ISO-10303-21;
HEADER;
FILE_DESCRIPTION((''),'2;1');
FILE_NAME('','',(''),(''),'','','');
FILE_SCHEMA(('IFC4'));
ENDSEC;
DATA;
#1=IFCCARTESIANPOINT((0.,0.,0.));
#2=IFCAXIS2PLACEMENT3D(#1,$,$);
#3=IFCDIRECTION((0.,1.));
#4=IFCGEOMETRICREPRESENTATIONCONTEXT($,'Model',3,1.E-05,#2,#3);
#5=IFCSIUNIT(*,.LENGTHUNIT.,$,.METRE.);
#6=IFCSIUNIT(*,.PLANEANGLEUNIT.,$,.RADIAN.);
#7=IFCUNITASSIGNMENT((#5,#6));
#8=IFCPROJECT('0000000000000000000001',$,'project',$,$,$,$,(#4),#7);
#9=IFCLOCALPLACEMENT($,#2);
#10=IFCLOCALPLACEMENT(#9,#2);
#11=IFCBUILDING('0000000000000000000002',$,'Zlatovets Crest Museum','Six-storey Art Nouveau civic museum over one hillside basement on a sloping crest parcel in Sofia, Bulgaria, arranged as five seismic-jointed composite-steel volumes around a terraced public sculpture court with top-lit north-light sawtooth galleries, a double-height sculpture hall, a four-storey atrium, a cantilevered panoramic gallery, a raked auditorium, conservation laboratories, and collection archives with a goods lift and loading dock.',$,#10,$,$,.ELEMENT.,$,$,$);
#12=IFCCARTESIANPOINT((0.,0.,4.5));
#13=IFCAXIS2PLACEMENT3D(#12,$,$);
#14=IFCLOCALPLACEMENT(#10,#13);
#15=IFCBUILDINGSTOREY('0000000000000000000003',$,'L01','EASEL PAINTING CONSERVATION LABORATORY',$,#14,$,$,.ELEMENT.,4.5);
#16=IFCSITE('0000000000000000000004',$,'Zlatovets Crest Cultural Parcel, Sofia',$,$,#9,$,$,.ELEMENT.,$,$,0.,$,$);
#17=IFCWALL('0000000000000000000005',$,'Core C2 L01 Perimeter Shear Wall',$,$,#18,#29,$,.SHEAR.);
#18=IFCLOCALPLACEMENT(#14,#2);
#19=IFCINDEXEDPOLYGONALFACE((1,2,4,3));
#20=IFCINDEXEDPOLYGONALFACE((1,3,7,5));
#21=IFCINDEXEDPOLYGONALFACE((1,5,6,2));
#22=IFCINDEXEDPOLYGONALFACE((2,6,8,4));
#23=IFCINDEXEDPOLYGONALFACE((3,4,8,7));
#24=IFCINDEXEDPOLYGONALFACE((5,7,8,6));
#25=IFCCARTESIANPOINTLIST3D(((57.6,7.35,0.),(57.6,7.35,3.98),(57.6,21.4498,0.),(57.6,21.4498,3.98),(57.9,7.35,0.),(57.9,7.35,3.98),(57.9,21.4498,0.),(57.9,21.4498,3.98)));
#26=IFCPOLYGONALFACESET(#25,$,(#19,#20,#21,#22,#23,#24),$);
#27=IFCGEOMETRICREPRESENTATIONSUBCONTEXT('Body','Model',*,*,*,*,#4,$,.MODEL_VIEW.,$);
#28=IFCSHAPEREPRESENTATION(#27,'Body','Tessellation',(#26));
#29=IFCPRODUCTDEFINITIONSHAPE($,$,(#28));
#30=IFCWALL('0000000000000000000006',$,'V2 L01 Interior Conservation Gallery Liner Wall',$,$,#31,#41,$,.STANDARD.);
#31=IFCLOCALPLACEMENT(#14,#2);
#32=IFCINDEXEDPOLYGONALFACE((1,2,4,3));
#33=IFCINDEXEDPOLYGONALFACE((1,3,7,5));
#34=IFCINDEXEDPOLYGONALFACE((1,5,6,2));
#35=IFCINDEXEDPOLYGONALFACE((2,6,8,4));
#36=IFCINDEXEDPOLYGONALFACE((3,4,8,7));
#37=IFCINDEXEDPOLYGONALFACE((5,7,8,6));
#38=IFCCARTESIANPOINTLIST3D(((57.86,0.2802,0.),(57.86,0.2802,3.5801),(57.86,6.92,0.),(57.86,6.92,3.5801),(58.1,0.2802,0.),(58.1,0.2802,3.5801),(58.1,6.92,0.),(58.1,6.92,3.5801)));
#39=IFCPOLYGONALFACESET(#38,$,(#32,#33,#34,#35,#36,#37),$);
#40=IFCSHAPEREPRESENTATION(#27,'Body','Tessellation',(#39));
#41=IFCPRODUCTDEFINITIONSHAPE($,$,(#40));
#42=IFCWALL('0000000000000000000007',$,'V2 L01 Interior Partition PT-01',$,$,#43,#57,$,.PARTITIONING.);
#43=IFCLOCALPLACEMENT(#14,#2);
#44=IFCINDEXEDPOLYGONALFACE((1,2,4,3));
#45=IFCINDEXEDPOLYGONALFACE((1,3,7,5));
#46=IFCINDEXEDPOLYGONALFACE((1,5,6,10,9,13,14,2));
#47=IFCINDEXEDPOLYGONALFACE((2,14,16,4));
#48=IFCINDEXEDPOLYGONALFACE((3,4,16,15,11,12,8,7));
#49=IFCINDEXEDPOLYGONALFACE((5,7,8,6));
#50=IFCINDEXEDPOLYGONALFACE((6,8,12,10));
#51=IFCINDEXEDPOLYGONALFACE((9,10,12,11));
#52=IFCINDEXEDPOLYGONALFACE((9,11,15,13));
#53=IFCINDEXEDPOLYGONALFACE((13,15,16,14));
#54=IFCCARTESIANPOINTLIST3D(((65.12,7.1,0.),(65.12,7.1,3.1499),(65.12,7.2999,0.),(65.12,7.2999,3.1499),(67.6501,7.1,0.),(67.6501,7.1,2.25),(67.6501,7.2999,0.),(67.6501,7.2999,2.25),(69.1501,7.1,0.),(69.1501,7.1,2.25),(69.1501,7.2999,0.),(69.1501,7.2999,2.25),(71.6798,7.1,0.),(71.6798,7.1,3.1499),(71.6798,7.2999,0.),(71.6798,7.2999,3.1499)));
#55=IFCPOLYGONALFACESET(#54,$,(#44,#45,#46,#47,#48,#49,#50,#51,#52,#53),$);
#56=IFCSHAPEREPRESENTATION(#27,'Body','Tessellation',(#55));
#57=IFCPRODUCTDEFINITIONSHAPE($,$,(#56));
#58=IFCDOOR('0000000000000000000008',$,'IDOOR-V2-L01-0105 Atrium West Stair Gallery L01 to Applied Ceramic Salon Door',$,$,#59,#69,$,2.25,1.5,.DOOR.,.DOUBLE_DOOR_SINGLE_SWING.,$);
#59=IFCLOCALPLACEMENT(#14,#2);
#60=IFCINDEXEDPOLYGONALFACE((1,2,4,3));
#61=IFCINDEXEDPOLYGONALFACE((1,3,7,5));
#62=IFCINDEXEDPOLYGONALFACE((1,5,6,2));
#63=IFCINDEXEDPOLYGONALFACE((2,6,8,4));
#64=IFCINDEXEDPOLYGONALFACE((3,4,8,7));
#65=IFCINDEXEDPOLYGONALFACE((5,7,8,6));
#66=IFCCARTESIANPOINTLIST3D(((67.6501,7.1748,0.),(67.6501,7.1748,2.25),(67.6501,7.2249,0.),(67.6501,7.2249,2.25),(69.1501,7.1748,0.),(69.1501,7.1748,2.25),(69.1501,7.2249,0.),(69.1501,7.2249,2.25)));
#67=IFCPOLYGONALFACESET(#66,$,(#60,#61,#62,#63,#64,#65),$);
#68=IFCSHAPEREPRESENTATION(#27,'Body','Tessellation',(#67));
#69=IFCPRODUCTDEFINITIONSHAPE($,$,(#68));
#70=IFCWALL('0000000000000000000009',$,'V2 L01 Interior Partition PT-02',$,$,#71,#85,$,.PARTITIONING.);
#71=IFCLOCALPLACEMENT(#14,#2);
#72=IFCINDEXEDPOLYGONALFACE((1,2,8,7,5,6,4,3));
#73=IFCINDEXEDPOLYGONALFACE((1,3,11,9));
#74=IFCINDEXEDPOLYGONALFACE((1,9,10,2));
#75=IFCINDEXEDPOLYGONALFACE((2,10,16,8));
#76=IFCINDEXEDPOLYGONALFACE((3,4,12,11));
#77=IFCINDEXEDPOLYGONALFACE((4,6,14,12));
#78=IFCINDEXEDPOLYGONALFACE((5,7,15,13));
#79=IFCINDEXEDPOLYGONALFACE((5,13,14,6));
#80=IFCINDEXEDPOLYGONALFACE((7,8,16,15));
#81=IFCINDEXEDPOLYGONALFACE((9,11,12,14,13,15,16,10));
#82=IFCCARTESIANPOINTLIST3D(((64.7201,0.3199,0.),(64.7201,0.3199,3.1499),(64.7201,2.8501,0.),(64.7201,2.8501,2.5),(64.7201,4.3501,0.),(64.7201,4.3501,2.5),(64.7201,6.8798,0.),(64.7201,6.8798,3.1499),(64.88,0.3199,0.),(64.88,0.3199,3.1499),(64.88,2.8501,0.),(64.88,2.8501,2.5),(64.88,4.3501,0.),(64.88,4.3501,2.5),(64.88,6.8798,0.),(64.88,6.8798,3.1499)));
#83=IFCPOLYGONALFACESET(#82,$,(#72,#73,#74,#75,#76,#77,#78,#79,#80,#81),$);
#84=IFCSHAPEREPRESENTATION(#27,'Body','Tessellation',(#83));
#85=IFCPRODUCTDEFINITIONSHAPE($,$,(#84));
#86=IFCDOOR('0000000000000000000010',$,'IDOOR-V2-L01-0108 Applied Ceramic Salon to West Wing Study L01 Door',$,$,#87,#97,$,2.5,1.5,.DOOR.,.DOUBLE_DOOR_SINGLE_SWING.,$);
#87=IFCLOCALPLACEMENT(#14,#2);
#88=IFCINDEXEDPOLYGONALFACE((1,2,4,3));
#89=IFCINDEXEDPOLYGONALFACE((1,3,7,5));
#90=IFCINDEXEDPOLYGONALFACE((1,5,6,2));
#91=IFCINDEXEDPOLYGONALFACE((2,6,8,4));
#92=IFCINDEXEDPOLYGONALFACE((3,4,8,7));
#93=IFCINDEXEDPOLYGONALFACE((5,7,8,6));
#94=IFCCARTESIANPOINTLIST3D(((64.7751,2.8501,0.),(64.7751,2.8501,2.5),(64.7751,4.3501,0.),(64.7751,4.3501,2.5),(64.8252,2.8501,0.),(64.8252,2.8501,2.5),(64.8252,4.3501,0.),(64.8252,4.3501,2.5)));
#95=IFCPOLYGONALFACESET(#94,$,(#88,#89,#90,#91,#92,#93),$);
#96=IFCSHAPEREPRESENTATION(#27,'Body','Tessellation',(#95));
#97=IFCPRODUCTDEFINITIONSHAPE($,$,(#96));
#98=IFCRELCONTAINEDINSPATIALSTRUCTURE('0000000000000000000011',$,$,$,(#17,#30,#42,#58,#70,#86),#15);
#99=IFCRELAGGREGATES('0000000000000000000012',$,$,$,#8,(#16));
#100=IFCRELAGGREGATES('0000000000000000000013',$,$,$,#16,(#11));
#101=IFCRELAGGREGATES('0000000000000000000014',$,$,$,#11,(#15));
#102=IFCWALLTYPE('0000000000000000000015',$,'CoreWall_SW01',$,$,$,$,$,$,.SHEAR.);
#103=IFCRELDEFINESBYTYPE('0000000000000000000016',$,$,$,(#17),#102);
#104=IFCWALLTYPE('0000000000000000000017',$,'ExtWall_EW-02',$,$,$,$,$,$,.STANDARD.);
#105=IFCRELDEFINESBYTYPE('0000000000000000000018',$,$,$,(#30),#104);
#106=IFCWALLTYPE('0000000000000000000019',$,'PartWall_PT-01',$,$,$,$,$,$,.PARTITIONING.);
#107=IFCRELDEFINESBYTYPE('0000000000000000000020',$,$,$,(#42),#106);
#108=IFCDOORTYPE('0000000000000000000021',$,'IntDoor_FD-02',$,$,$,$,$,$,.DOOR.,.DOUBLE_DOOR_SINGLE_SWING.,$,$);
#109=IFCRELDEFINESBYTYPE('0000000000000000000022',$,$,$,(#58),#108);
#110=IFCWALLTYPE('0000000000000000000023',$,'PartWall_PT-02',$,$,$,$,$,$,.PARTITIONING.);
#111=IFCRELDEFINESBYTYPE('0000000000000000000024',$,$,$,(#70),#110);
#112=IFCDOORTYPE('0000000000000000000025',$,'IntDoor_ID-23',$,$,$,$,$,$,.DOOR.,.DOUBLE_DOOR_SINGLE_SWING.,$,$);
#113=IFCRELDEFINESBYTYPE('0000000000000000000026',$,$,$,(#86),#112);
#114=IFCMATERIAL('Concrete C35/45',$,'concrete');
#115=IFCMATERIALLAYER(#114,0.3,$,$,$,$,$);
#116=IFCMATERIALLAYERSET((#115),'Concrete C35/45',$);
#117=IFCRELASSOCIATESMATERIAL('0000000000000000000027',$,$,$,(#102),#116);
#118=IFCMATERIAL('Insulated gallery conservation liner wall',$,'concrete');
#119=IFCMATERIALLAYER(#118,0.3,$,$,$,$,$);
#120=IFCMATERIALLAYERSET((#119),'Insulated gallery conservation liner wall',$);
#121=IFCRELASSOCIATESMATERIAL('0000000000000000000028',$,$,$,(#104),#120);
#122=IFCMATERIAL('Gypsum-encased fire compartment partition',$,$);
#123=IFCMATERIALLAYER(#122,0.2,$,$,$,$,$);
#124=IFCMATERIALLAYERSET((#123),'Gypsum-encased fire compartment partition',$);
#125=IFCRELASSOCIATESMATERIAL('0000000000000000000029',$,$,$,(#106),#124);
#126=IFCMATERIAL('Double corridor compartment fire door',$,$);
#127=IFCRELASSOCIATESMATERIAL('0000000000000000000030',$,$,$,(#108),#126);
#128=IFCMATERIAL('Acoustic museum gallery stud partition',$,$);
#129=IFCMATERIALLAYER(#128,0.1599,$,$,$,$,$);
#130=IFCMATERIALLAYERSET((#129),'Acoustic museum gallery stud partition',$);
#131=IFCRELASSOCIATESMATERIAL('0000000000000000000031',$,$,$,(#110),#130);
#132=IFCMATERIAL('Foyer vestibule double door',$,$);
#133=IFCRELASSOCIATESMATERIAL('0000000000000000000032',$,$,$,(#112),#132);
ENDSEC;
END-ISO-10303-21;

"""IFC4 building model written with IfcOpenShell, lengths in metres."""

from ifc_helpers import new_model, si_unit, direction, frame, frame_2d, origin, place, context, subcontext, project, spatial, rectangle, extrude, material, layer, layer_set, type_object, element, fill, save


model = new_model("IFC4")

# Units and contexts
model_context = context("Model", 3, precision=1e-05, world=origin(), true_north=direction((0.0, 1.0)))
body_context = subcontext(model_context, "Body", "Model", "MODEL_VIEW")
ifc_project = project(units=[si_unit("LENGTHUNIT", "METRE"), si_unit("PLANEANGLEUNIT", "RADIAN")], contexts=[model_context])

# Site, building, storey
site_placement = place(None, origin())
site = spatial("IfcSite", under=ifc_project, at=site_placement, Name="Zlatovets Crest Cultural Parcel, Sofia", CompositionType="ELEMENT", RefElevation=0.0)
building_placement = place(site_placement, origin())
building = spatial("IfcBuilding", under=site, at=building_placement, Name="Zlatovets Crest Museum", Description="Six-storey Art Nouveau civic museum over one hillside basement on a sloping crest parcel in Sofia, Bulgaria, arranged as five seismic-jointed composite-steel volumes around a terraced public sculpture court with top-lit north-light sawtooth galleries, a double-height sculpture hall, a four-storey atrium, a cantilevered panoramic gallery, a raked auditorium, conservation laboratories, and collection archives with a goods lift and loading dock.", CompositionType="ELEMENT")
storey_placement = place(building_placement, frame((0.0, 0.0, 4.5)))
storey = spatial("IfcBuildingStorey", under=building, at=storey_placement, Name="L01", Description="EASEL PAINTING CONSERVATION LABORATORY", CompositionType="ELEMENT", Elevation=4.5)

# Wall
ifc_material_1 = material(Name="Concrete C35/45", Category="concrete")
ifc_layer_1 = layer(ifc_material_1, 0.3)
ifc_layer_set_1 = layer_set([ifc_layer_1], Name="Concrete C35/45")
wall_type_1 = type_object("IfcWallType", Name="CoreWall_SW01", PredefinedType="SHEAR", material=ifc_layer_set_1)
wall_1_placement = place(storey_placement, frame((57.75, 7.3501, 0.0), z_axis=(0.0, 0.0, 1.0), x_axis=(0.0, 1.0, 0.0)))
element("IfcWall", 1, at=wall_1_placement, inside=storey, type_object=wall_type_1, Name="Core C2 L01 Perimeter Shear Wall", PredefinedType="SHEAR", context=body_context, shape_type="SweptSolid", body=[
    extrude(rectangle(XDim=14.0999, YDim=0.3, at=frame_2d((7.0498, 0.0))), origin(), (0.0, 0.0, 1.0), 3.98),
])

# Wall
ifc_material_2 = material(Name="Insulated gallery conservation liner wall", Category="concrete")
ifc_layer_2 = layer(ifc_material_2, 0.3)
ifc_layer_set_2 = layer_set([ifc_layer_2], Name="Insulated gallery conservation liner wall")
wall_type_2 = type_object("IfcWallType", Name="ExtWall_EW-02", PredefinedType="STANDARD", material=ifc_layer_set_2)
wall_2_placement = place(storey_placement, frame((57.98, 6.9199, 0.0), z_axis=(0.0, 0.0, 1.0), x_axis=(0.0, -1.0, 0.0)))
element("IfcWall", 2, at=wall_2_placement, inside=storey, type_object=wall_type_2, Name="V2 L01 Interior Conservation Gallery Liner Wall", PredefinedType="STANDARD", context=body_context, shape_type="SweptSolid", body=[
    extrude(rectangle(XDim=6.6399, YDim=0.24, at=frame_2d((3.3198, 0.0))), origin(), (0.0, 0.0, 1.0), 3.5801),
])

# Walls, openings, doors
ifc_material_3 = material(Name="Gypsum-encased fire compartment partition")
ifc_layer_3 = layer(ifc_material_3, 0.2)
ifc_layer_set_3 = layer_set([ifc_layer_3], Name="Gypsum-encased fire compartment partition")
wall_type_3 = type_object("IfcWallType", Name="PartWall_PT-01", PredefinedType="PARTITIONING", material=ifc_layer_set_3)
wall_3_placement = place(storey_placement, frame((65.1201, 7.2, 0.0), z_axis=(0.0, 0.0, 1.0), x_axis=(1.0, 0.0, 0.0)))
wall_3 = element("IfcWall", 3, at=wall_3_placement, inside=storey, type_object=wall_type_3, Name="V2 L01 Interior Partition PT-01", PredefinedType="PARTITIONING", context=body_context, shape_type="SweptSolid", body=[
    extrude(rectangle(XDim=6.5598, YDim=0.2, at=frame_2d((3.2798, 0.0))), origin(), (0.0, 0.0, 1.0), 3.1499),
])
opening_1_placement = place(wall_3_placement, frame((2.53, 0.0, 0.0)))
opening_1 = element("IfcOpeningElement", 4, at=opening_1_placement, cuts=wall_3, PredefinedType="OPENING", context=body_context, shape_type="SweptSolid", body=[
    extrude(rectangle(XDim=1.5, YDim=2.25, at=frame_2d((0.75, 1.125))), frame((0.0, 0.1099, 0.0), z_axis=(0.0, -1.0, 0.0), x_axis=(1.0, 0.0, 0.0)), (0.0, 0.0, 1.0), 0.22),
])
ifc_material_4 = material(Name="Double corridor compartment fire door")
door_type_1 = type_object("IfcDoorType", Name="IntDoor_FD-02", OperationType="DOUBLE_DOOR_SINGLE_SWING", PredefinedType="DOOR", material=ifc_material_4)
door_1_placement = place(opening_1_placement, origin())
door_1 = element("IfcDoor", 5, at=door_1_placement, inside=storey, type_object=door_type_1, Name="IDOOR-V2-L01-0105 Atrium West Stair Gallery L01 to Applied Ceramic Salon Door", OperationType="DOUBLE_DOOR_SINGLE_SWING", OverallHeight=2.25, OverallWidth=1.5, PredefinedType="DOOR", context=body_context, shape_type="SweptSolid", body=[
    extrude(rectangle(XDim=1.5, YDim=2.25, at=frame_2d((0.75, 1.125))), frame((0.0, 0.0249, 0.0), z_axis=(0.0, -1.0, 0.0), x_axis=(1.0, 0.0, 0.0)), (0.0, 0.0, 1.0), 0.05),
])
fill(opening_1, door_1)
ifc_material_5 = material(Name="Acoustic museum gallery stud partition")
ifc_layer_4 = layer(ifc_material_5, 0.1599)
ifc_layer_set_4 = layer_set([ifc_layer_4], Name="Acoustic museum gallery stud partition")
wall_type_4 = type_object("IfcWallType", Name="PartWall_PT-02", PredefinedType="PARTITIONING", material=ifc_layer_set_4)
wall_4_placement = place(storey_placement, frame((64.8, 0.3201, 0.0), z_axis=(0.0, 0.0, 1.0), x_axis=(0.0, 1.0, 0.0)))
wall_4 = element("IfcWall", 6, at=wall_4_placement, inside=storey, type_object=wall_type_4, Name="V2 L01 Interior Partition PT-02", PredefinedType="PARTITIONING", context=body_context, shape_type="SweptSolid", body=[
    extrude(rectangle(XDim=6.5598, YDim=0.1599, at=frame_2d((3.2798, 0.0))), origin(), (0.0, 0.0, 1.0), 3.1499),
])
opening_2_placement = place(wall_4_placement, frame((2.53, 0.0, 0.0)))
opening_2 = element("IfcOpeningElement", 7, at=opening_2_placement, cuts=wall_4, PredefinedType="OPENING", context=body_context, shape_type="SweptSolid", body=[
    extrude(rectangle(XDim=1.5, YDim=2.5, at=frame_2d((0.75, 1.25))), frame((0.0, 0.0898, 0.0), z_axis=(0.0, -1.0, 0.0), x_axis=(1.0, 0.0, 0.0)), (0.0, 0.0, 1.0), 0.1799),
])
ifc_material_6 = material(Name="Foyer vestibule double door")
door_type_2 = type_object("IfcDoorType", Name="IntDoor_ID-23", OperationType="DOUBLE_DOOR_SINGLE_SWING", PredefinedType="DOOR", material=ifc_material_6)
door_2_placement = place(opening_2_placement, origin())
door_2 = element("IfcDoor", 8, at=door_2_placement, inside=storey, type_object=door_type_2, Name="IDOOR-V2-L01-0108 Applied Ceramic Salon to West Wing Study L01 Door", OperationType="DOUBLE_DOOR_SINGLE_SWING", OverallHeight=2.5, OverallWidth=1.5, PredefinedType="DOOR", context=body_context, shape_type="SweptSolid", body=[
    extrude(rectangle(XDim=1.5, YDim=2.5, at=frame_2d((0.75, 1.25))), frame((0.0, 0.0249, 0.0), z_axis=(0.0, -1.0, 0.0), x_axis=(1.0, 0.0, 0.0)), (0.0, 0.0, 1.0), 0.05),
])
fill(opening_2, door_2)

save(model, "model.ifc")
